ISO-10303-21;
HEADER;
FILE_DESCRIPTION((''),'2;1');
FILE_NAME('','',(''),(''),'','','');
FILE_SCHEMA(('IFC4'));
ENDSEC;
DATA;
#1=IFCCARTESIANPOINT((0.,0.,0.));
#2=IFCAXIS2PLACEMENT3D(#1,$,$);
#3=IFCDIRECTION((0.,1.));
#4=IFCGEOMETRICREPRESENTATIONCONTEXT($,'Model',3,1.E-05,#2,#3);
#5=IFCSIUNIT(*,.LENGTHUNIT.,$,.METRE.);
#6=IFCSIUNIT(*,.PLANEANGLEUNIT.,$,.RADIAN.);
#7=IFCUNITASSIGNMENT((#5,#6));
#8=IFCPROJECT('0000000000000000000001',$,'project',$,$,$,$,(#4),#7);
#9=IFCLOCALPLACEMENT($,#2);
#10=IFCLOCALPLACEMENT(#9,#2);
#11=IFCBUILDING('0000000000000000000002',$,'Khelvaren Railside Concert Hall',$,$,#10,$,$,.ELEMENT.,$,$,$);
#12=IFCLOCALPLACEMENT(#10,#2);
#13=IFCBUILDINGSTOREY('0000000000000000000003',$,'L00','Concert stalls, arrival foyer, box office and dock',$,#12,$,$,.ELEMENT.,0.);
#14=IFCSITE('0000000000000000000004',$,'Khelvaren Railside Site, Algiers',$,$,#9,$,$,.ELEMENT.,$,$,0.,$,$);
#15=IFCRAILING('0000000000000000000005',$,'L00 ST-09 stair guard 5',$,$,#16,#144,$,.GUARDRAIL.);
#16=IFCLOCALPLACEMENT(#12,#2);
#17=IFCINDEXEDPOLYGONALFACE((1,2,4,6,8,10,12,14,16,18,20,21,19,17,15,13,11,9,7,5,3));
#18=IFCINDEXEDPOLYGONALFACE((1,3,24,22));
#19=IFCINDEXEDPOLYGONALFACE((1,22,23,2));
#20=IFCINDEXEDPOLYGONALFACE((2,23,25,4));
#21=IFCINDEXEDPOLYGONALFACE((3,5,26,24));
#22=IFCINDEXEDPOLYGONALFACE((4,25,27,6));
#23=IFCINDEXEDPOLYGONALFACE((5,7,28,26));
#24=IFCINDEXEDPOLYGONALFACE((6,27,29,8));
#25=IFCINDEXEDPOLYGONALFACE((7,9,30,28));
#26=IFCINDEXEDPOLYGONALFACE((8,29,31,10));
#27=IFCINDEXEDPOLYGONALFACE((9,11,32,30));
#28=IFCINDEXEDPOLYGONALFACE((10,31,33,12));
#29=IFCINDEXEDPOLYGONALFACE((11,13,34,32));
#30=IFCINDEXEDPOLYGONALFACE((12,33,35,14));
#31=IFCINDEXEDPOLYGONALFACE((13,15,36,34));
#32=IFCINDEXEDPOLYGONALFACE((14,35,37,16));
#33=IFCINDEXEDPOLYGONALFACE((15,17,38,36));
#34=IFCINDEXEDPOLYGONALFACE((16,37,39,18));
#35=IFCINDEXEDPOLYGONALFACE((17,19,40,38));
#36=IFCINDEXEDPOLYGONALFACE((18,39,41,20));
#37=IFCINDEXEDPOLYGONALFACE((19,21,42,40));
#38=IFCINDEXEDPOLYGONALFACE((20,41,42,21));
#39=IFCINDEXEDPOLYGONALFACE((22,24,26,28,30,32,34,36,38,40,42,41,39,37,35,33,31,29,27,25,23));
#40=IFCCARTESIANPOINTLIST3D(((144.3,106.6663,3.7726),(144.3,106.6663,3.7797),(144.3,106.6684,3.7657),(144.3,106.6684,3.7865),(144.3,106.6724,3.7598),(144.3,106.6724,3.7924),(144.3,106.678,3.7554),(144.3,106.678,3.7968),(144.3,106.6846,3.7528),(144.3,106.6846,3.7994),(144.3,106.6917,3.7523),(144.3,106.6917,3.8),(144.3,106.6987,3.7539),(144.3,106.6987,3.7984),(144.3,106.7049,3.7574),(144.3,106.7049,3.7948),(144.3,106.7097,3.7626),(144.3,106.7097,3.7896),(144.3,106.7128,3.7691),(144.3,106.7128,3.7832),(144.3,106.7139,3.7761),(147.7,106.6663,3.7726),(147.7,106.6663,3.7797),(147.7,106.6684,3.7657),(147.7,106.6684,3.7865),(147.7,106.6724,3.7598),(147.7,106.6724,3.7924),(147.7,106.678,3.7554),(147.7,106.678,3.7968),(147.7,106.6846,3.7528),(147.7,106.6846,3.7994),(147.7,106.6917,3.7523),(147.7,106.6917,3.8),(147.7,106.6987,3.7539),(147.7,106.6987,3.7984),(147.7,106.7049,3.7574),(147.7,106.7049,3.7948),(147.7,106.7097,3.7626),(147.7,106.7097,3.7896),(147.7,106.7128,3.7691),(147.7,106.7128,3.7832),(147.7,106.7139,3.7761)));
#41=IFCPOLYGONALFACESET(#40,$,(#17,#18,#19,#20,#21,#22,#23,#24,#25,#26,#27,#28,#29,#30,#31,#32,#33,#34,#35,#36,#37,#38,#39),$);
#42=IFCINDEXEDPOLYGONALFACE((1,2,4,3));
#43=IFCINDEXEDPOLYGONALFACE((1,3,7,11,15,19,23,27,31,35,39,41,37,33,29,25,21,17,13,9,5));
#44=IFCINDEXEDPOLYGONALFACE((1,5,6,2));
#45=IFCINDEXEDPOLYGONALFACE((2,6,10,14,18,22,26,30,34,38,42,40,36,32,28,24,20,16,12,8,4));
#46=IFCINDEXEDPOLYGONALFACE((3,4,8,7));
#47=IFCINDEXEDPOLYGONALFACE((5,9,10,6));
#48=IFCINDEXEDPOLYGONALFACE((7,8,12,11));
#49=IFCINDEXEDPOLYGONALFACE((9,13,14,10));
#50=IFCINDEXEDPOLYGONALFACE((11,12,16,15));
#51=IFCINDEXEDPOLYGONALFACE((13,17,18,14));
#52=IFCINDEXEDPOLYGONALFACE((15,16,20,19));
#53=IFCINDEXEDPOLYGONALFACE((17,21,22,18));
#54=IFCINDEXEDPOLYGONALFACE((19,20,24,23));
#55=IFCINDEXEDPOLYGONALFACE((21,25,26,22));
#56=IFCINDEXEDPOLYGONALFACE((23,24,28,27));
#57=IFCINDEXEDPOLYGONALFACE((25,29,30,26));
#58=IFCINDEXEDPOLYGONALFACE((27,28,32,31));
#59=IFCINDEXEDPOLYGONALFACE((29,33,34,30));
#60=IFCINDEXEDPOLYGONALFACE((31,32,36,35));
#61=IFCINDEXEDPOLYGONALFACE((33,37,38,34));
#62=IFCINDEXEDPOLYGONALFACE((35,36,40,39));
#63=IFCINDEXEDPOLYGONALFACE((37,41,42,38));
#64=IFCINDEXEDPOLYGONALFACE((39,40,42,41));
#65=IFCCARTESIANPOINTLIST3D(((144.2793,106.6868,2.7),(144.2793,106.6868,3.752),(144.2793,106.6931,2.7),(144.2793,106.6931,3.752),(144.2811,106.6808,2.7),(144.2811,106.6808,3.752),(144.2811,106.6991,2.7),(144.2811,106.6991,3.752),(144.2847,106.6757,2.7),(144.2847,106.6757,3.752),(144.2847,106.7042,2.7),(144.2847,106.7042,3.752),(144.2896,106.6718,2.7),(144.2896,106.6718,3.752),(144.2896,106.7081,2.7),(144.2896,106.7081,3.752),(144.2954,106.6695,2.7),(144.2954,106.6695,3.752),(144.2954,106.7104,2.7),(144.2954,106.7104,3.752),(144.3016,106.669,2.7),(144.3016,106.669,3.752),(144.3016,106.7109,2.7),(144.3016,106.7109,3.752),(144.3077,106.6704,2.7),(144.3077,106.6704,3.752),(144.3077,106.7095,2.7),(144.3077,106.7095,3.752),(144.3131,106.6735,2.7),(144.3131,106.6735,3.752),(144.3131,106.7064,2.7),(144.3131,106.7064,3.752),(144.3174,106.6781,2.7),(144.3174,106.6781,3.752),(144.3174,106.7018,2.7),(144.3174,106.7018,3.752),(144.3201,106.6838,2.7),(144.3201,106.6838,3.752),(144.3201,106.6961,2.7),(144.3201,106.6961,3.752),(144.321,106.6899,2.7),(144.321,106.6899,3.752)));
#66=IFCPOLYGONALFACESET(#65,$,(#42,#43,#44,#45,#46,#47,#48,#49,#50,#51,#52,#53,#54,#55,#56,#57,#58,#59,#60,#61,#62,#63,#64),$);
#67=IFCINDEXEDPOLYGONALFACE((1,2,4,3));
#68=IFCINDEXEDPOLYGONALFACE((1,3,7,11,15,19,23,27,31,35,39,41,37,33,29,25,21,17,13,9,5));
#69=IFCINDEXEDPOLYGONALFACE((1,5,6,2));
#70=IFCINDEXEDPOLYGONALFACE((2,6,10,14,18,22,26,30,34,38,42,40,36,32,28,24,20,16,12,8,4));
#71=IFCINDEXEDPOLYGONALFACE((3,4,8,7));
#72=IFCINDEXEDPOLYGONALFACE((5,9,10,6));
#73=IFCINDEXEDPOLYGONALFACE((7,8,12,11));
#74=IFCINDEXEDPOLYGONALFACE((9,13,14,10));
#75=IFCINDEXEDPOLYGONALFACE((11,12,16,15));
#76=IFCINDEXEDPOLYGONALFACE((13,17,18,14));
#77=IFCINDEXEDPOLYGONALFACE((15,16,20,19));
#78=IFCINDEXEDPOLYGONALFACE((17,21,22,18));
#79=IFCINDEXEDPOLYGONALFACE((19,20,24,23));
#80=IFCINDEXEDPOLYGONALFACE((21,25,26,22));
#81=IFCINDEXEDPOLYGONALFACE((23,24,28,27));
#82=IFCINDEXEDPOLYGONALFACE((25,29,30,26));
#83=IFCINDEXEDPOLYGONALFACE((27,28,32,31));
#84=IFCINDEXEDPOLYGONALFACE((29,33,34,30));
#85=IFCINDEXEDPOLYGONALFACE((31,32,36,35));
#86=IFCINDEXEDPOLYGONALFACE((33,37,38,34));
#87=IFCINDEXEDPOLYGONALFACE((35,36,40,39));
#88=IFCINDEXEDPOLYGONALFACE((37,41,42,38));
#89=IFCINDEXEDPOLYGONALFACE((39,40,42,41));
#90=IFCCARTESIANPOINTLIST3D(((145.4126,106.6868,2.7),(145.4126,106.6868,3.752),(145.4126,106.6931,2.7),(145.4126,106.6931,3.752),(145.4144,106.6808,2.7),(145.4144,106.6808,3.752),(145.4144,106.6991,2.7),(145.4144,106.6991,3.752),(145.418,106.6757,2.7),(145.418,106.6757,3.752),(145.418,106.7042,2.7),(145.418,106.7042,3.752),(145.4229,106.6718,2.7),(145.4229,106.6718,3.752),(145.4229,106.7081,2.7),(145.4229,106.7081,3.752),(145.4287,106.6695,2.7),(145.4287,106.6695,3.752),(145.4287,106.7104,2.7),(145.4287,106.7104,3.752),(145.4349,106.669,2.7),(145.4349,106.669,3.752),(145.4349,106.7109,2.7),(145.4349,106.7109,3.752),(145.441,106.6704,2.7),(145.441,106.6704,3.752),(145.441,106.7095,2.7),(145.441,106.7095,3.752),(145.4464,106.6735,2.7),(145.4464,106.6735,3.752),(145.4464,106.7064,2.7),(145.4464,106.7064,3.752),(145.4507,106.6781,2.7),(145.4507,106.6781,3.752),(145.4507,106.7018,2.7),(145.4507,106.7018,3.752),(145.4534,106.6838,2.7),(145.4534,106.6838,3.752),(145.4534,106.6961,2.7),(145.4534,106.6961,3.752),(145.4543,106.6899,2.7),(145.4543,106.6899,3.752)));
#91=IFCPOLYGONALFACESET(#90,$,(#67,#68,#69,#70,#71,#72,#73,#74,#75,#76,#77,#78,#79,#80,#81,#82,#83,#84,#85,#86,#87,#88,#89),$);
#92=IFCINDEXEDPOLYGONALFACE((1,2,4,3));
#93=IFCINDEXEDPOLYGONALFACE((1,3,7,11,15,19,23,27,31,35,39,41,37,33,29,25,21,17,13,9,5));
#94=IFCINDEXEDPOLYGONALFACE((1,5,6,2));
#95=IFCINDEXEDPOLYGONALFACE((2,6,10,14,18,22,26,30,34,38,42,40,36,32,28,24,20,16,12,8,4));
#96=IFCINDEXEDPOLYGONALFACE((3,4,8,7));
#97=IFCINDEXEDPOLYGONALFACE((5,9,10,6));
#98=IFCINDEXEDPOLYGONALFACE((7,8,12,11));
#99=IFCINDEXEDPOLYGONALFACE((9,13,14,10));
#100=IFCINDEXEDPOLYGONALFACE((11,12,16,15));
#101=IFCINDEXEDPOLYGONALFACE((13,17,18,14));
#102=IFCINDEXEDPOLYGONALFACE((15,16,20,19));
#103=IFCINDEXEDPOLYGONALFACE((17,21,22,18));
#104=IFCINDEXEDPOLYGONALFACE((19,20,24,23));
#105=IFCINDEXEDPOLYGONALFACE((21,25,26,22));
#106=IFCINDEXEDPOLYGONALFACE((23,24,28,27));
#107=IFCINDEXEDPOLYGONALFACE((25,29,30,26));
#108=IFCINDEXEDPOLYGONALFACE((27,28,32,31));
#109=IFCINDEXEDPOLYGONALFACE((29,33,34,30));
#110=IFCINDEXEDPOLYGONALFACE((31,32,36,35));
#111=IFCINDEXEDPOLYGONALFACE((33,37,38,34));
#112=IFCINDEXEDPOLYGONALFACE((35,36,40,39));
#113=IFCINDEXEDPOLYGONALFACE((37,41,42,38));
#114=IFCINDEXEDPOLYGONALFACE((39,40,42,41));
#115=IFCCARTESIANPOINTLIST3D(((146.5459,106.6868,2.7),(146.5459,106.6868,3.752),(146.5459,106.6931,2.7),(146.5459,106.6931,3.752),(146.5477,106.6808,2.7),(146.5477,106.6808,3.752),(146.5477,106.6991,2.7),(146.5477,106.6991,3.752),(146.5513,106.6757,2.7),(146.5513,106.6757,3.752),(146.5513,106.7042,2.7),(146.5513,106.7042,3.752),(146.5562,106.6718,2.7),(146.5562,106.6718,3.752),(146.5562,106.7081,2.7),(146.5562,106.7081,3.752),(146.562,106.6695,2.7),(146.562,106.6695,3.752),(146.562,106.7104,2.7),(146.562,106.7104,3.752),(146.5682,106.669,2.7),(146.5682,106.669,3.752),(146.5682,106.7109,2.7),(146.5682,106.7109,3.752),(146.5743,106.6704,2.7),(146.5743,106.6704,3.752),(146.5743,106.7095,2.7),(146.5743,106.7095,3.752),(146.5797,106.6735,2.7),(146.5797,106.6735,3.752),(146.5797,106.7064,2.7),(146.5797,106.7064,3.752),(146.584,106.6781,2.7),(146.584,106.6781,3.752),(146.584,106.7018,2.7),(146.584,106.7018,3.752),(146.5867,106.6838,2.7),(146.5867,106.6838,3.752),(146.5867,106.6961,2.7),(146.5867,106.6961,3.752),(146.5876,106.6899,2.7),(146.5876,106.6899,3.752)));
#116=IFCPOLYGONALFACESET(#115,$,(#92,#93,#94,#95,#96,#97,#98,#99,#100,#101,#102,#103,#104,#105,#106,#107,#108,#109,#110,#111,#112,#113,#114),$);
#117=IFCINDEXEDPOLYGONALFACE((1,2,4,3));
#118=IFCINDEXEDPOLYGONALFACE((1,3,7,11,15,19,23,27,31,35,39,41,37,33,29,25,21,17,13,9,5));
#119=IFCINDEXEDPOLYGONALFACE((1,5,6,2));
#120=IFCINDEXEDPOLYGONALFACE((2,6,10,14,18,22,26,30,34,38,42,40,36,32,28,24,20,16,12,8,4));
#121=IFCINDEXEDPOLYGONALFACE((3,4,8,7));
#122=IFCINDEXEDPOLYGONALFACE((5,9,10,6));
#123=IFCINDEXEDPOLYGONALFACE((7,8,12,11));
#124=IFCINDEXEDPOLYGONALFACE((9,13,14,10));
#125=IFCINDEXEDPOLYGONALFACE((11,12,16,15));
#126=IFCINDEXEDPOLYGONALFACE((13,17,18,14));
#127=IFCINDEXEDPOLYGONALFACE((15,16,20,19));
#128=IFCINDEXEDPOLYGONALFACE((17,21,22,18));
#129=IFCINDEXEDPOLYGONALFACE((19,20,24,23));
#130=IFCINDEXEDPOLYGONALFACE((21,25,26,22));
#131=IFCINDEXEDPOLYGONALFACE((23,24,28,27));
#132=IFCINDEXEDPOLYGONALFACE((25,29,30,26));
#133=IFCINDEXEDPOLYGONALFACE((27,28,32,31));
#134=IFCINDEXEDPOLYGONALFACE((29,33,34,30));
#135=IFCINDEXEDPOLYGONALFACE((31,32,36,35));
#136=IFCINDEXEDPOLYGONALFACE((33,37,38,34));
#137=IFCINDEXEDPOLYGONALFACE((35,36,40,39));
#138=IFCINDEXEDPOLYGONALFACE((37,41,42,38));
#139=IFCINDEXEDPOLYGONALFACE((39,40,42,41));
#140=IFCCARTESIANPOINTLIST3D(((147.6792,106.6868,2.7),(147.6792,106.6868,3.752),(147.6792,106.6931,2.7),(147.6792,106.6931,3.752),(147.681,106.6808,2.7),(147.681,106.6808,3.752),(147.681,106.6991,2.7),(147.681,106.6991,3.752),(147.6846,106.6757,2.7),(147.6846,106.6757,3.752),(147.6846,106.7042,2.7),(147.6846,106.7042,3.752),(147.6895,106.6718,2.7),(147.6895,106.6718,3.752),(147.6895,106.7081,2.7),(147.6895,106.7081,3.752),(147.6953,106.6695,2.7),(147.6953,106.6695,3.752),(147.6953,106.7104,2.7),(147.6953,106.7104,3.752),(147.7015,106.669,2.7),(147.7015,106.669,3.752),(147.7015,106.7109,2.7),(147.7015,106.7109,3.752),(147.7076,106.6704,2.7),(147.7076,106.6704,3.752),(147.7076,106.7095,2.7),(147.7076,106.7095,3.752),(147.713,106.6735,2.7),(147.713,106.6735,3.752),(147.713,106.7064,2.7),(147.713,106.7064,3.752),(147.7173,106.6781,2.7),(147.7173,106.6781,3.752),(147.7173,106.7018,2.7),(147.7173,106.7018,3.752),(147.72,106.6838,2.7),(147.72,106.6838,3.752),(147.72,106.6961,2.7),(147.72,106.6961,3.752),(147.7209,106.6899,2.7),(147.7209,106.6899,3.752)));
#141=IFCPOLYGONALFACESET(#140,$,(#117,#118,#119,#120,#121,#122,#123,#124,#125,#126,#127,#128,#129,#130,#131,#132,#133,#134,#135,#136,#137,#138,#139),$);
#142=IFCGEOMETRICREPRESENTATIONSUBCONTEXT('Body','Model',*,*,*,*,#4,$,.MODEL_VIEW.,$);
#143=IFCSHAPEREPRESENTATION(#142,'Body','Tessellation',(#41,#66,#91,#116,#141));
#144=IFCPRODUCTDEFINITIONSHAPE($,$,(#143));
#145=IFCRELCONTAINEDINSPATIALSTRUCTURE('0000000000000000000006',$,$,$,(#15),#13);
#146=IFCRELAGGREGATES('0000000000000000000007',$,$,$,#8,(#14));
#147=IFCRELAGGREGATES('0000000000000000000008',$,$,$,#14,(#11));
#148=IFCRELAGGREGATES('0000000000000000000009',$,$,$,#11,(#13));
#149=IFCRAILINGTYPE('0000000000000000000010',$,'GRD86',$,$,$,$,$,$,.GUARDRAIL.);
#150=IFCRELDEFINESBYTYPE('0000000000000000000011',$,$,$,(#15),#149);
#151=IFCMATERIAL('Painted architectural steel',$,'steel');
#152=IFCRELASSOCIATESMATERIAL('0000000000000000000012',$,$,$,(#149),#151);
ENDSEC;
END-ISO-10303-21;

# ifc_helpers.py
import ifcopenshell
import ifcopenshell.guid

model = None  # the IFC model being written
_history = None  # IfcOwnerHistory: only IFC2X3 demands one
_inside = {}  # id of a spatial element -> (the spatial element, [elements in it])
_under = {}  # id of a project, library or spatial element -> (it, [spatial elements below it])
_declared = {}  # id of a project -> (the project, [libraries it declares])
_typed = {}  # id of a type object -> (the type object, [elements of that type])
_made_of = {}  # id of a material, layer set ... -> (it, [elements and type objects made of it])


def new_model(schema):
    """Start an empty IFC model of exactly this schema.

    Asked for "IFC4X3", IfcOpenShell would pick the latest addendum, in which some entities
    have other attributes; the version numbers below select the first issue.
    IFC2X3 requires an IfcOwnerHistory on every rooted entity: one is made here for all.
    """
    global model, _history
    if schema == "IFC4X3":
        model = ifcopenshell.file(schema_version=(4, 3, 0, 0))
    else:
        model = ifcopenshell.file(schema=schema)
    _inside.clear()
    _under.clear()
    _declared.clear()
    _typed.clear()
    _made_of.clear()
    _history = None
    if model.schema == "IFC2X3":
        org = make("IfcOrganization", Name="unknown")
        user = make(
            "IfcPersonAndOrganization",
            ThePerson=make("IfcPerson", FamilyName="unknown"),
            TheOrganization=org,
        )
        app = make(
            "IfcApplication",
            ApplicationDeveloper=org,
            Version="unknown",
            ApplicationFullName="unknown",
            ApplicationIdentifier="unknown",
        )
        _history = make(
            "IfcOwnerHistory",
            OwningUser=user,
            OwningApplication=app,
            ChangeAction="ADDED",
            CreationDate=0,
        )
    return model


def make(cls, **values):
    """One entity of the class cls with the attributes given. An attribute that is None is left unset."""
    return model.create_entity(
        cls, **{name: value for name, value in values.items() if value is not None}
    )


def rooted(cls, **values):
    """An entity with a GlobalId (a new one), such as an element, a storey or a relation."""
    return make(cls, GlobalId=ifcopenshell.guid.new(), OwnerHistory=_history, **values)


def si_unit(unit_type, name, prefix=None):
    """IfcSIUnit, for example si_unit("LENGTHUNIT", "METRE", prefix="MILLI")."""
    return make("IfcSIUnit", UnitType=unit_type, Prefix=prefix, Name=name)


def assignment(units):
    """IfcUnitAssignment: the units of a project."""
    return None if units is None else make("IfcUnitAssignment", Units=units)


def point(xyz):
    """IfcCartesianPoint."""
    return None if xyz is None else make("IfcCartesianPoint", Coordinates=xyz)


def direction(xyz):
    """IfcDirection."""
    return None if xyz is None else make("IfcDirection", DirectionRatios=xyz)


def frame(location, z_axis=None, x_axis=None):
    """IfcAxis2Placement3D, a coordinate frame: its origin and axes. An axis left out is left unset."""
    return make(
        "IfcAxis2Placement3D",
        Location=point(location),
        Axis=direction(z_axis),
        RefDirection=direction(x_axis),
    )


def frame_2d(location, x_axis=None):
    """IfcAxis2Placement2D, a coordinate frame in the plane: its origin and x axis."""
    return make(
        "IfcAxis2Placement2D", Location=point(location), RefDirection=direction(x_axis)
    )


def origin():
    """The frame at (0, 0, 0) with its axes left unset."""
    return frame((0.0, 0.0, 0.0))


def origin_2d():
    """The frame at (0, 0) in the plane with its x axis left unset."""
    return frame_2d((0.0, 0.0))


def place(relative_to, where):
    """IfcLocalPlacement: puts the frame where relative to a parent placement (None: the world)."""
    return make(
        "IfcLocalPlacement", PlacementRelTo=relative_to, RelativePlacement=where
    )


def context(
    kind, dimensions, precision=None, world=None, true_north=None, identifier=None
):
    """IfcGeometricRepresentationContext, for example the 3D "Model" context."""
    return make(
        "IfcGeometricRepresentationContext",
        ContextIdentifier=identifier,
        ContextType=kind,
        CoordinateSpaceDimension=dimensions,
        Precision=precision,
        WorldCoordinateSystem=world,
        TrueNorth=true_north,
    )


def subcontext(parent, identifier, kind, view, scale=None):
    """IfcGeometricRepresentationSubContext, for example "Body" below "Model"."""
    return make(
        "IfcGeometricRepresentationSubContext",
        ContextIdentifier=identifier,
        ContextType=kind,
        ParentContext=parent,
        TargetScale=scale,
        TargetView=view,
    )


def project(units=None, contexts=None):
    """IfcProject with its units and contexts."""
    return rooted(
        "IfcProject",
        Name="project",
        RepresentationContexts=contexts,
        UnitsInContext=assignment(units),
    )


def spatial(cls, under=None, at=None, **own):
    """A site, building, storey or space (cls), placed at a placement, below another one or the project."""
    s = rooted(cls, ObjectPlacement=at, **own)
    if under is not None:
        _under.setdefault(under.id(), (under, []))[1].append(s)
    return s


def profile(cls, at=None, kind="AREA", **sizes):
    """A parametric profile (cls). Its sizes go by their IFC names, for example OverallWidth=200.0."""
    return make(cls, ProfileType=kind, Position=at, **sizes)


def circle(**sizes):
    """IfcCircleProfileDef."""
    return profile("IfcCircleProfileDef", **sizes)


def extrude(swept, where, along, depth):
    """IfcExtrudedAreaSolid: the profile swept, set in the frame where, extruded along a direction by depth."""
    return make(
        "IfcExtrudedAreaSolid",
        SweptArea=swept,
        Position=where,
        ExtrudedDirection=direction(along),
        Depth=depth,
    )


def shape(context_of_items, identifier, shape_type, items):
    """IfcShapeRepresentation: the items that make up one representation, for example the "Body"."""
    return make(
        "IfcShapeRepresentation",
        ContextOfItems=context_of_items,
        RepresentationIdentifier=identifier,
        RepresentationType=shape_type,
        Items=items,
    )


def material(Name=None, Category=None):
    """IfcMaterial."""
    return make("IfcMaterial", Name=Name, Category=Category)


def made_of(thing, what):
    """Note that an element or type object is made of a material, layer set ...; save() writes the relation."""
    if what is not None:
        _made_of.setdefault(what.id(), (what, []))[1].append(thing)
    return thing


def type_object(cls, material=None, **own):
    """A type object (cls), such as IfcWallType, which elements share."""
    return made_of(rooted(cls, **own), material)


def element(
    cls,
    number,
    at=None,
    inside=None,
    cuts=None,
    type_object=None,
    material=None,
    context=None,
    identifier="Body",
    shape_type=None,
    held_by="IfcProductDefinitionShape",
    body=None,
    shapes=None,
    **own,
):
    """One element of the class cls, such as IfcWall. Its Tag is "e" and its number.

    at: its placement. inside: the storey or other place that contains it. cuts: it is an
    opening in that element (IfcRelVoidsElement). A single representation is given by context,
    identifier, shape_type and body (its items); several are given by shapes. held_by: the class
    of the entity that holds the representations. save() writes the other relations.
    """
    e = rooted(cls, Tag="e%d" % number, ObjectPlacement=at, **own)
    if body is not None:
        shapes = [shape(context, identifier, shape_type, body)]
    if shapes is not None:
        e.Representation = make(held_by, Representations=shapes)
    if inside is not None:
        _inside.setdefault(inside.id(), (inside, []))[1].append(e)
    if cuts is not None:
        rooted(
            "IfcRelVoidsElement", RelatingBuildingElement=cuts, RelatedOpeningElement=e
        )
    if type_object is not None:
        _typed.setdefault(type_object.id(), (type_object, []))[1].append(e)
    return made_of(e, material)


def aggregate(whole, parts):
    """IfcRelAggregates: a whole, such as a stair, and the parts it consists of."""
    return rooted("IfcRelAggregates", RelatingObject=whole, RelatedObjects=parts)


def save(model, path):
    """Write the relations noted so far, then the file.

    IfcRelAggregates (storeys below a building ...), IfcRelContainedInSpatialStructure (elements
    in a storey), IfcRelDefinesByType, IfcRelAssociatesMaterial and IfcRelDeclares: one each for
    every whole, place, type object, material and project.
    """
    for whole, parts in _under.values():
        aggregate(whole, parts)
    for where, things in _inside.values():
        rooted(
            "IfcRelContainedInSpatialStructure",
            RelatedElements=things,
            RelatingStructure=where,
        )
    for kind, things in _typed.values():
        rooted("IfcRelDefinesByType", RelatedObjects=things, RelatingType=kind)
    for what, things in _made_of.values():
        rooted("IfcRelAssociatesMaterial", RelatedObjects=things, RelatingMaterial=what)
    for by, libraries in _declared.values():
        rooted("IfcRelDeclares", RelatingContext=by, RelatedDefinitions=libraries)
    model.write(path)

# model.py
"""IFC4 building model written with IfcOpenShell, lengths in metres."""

from ifc_helpers import new_model, si_unit, direction, frame, origin, origin_2d, place, context, subcontext, project, spatial, circle, extrude, material, type_object, element, save


model = new_model("IFC4")

# Units and contexts
model_context = context("Model", 3, precision=1e-05, world=origin(), true_north=direction((0.0, 1.0)))
body_context = subcontext(model_context, "Body", "Model", "MODEL_VIEW")
ifc_project = project(units=[si_unit("LENGTHUNIT", "METRE"), si_unit("PLANEANGLEUNIT", "RADIAN")], contexts=[model_context])

# Site, building, storey
site_placement = place(None, origin())
site = spatial("IfcSite", under=ifc_project, at=site_placement, Name="Khelvaren Railside Site, Algiers", CompositionType="ELEMENT", RefElevation=0.0)
building_placement = place(site_placement, origin())
building = spatial("IfcBuilding", under=site, at=building_placement, Name="Khelvaren Railside Concert Hall", CompositionType="ELEMENT")
storey_placement = place(building_placement, origin())
storey = spatial("IfcBuildingStorey", under=building, at=storey_placement, Name="L00", Description="Concert stalls, arrival foyer, box office and dock", CompositionType="ELEMENT", Elevation=0.0)

# Railing
ifc_material_1 = material(Name="Painted architectural steel", Category="steel")
railing_type = type_object("IfcRailingType", Name="GRD86", PredefinedType="GUARDRAIL", material=ifc_material_1)
railing_1_placement = place(storey_placement, frame((144.3, 106.6899, 2.7)))
element("IfcRailing", 1, at=railing_1_placement, inside=storey, type_object=railing_type, Name="L00 ST-09 stair guard 5", PredefinedType="GUARDRAIL", context=body_context, shape_type="SweptSolid", body=[
    extrude(circle(Radius=0.0239, at=origin_2d()), frame((0.0, 0.0, 1.0762), z_axis=(1.0, 0.0, 0.0), x_axis=(0.0, 1.0, 0.0)), (0.0, 0.0, 1.0), 3.3999),
    extrude(circle(Radius=0.021, at=origin_2d()), origin(), (0.0, 0.0, 1.0), 1.052),
    extrude(circle(Radius=0.021, at=origin_2d()), frame((1.1333, 0.0, 0.0)), (0.0, 0.0, 1.0), 1.052),
    extrude(circle(Radius=0.021, at=origin_2d()), frame((2.2666, 0.0, 0.0)), (0.0, 0.0, 1.0), 1.052),
    extrude(circle(Radius=0.021, at=origin_2d()), frame((3.3999, 0.0, 0.0)), (0.0, 0.0, 1.0), 1.052),
])

save(model, "model.ifc")
